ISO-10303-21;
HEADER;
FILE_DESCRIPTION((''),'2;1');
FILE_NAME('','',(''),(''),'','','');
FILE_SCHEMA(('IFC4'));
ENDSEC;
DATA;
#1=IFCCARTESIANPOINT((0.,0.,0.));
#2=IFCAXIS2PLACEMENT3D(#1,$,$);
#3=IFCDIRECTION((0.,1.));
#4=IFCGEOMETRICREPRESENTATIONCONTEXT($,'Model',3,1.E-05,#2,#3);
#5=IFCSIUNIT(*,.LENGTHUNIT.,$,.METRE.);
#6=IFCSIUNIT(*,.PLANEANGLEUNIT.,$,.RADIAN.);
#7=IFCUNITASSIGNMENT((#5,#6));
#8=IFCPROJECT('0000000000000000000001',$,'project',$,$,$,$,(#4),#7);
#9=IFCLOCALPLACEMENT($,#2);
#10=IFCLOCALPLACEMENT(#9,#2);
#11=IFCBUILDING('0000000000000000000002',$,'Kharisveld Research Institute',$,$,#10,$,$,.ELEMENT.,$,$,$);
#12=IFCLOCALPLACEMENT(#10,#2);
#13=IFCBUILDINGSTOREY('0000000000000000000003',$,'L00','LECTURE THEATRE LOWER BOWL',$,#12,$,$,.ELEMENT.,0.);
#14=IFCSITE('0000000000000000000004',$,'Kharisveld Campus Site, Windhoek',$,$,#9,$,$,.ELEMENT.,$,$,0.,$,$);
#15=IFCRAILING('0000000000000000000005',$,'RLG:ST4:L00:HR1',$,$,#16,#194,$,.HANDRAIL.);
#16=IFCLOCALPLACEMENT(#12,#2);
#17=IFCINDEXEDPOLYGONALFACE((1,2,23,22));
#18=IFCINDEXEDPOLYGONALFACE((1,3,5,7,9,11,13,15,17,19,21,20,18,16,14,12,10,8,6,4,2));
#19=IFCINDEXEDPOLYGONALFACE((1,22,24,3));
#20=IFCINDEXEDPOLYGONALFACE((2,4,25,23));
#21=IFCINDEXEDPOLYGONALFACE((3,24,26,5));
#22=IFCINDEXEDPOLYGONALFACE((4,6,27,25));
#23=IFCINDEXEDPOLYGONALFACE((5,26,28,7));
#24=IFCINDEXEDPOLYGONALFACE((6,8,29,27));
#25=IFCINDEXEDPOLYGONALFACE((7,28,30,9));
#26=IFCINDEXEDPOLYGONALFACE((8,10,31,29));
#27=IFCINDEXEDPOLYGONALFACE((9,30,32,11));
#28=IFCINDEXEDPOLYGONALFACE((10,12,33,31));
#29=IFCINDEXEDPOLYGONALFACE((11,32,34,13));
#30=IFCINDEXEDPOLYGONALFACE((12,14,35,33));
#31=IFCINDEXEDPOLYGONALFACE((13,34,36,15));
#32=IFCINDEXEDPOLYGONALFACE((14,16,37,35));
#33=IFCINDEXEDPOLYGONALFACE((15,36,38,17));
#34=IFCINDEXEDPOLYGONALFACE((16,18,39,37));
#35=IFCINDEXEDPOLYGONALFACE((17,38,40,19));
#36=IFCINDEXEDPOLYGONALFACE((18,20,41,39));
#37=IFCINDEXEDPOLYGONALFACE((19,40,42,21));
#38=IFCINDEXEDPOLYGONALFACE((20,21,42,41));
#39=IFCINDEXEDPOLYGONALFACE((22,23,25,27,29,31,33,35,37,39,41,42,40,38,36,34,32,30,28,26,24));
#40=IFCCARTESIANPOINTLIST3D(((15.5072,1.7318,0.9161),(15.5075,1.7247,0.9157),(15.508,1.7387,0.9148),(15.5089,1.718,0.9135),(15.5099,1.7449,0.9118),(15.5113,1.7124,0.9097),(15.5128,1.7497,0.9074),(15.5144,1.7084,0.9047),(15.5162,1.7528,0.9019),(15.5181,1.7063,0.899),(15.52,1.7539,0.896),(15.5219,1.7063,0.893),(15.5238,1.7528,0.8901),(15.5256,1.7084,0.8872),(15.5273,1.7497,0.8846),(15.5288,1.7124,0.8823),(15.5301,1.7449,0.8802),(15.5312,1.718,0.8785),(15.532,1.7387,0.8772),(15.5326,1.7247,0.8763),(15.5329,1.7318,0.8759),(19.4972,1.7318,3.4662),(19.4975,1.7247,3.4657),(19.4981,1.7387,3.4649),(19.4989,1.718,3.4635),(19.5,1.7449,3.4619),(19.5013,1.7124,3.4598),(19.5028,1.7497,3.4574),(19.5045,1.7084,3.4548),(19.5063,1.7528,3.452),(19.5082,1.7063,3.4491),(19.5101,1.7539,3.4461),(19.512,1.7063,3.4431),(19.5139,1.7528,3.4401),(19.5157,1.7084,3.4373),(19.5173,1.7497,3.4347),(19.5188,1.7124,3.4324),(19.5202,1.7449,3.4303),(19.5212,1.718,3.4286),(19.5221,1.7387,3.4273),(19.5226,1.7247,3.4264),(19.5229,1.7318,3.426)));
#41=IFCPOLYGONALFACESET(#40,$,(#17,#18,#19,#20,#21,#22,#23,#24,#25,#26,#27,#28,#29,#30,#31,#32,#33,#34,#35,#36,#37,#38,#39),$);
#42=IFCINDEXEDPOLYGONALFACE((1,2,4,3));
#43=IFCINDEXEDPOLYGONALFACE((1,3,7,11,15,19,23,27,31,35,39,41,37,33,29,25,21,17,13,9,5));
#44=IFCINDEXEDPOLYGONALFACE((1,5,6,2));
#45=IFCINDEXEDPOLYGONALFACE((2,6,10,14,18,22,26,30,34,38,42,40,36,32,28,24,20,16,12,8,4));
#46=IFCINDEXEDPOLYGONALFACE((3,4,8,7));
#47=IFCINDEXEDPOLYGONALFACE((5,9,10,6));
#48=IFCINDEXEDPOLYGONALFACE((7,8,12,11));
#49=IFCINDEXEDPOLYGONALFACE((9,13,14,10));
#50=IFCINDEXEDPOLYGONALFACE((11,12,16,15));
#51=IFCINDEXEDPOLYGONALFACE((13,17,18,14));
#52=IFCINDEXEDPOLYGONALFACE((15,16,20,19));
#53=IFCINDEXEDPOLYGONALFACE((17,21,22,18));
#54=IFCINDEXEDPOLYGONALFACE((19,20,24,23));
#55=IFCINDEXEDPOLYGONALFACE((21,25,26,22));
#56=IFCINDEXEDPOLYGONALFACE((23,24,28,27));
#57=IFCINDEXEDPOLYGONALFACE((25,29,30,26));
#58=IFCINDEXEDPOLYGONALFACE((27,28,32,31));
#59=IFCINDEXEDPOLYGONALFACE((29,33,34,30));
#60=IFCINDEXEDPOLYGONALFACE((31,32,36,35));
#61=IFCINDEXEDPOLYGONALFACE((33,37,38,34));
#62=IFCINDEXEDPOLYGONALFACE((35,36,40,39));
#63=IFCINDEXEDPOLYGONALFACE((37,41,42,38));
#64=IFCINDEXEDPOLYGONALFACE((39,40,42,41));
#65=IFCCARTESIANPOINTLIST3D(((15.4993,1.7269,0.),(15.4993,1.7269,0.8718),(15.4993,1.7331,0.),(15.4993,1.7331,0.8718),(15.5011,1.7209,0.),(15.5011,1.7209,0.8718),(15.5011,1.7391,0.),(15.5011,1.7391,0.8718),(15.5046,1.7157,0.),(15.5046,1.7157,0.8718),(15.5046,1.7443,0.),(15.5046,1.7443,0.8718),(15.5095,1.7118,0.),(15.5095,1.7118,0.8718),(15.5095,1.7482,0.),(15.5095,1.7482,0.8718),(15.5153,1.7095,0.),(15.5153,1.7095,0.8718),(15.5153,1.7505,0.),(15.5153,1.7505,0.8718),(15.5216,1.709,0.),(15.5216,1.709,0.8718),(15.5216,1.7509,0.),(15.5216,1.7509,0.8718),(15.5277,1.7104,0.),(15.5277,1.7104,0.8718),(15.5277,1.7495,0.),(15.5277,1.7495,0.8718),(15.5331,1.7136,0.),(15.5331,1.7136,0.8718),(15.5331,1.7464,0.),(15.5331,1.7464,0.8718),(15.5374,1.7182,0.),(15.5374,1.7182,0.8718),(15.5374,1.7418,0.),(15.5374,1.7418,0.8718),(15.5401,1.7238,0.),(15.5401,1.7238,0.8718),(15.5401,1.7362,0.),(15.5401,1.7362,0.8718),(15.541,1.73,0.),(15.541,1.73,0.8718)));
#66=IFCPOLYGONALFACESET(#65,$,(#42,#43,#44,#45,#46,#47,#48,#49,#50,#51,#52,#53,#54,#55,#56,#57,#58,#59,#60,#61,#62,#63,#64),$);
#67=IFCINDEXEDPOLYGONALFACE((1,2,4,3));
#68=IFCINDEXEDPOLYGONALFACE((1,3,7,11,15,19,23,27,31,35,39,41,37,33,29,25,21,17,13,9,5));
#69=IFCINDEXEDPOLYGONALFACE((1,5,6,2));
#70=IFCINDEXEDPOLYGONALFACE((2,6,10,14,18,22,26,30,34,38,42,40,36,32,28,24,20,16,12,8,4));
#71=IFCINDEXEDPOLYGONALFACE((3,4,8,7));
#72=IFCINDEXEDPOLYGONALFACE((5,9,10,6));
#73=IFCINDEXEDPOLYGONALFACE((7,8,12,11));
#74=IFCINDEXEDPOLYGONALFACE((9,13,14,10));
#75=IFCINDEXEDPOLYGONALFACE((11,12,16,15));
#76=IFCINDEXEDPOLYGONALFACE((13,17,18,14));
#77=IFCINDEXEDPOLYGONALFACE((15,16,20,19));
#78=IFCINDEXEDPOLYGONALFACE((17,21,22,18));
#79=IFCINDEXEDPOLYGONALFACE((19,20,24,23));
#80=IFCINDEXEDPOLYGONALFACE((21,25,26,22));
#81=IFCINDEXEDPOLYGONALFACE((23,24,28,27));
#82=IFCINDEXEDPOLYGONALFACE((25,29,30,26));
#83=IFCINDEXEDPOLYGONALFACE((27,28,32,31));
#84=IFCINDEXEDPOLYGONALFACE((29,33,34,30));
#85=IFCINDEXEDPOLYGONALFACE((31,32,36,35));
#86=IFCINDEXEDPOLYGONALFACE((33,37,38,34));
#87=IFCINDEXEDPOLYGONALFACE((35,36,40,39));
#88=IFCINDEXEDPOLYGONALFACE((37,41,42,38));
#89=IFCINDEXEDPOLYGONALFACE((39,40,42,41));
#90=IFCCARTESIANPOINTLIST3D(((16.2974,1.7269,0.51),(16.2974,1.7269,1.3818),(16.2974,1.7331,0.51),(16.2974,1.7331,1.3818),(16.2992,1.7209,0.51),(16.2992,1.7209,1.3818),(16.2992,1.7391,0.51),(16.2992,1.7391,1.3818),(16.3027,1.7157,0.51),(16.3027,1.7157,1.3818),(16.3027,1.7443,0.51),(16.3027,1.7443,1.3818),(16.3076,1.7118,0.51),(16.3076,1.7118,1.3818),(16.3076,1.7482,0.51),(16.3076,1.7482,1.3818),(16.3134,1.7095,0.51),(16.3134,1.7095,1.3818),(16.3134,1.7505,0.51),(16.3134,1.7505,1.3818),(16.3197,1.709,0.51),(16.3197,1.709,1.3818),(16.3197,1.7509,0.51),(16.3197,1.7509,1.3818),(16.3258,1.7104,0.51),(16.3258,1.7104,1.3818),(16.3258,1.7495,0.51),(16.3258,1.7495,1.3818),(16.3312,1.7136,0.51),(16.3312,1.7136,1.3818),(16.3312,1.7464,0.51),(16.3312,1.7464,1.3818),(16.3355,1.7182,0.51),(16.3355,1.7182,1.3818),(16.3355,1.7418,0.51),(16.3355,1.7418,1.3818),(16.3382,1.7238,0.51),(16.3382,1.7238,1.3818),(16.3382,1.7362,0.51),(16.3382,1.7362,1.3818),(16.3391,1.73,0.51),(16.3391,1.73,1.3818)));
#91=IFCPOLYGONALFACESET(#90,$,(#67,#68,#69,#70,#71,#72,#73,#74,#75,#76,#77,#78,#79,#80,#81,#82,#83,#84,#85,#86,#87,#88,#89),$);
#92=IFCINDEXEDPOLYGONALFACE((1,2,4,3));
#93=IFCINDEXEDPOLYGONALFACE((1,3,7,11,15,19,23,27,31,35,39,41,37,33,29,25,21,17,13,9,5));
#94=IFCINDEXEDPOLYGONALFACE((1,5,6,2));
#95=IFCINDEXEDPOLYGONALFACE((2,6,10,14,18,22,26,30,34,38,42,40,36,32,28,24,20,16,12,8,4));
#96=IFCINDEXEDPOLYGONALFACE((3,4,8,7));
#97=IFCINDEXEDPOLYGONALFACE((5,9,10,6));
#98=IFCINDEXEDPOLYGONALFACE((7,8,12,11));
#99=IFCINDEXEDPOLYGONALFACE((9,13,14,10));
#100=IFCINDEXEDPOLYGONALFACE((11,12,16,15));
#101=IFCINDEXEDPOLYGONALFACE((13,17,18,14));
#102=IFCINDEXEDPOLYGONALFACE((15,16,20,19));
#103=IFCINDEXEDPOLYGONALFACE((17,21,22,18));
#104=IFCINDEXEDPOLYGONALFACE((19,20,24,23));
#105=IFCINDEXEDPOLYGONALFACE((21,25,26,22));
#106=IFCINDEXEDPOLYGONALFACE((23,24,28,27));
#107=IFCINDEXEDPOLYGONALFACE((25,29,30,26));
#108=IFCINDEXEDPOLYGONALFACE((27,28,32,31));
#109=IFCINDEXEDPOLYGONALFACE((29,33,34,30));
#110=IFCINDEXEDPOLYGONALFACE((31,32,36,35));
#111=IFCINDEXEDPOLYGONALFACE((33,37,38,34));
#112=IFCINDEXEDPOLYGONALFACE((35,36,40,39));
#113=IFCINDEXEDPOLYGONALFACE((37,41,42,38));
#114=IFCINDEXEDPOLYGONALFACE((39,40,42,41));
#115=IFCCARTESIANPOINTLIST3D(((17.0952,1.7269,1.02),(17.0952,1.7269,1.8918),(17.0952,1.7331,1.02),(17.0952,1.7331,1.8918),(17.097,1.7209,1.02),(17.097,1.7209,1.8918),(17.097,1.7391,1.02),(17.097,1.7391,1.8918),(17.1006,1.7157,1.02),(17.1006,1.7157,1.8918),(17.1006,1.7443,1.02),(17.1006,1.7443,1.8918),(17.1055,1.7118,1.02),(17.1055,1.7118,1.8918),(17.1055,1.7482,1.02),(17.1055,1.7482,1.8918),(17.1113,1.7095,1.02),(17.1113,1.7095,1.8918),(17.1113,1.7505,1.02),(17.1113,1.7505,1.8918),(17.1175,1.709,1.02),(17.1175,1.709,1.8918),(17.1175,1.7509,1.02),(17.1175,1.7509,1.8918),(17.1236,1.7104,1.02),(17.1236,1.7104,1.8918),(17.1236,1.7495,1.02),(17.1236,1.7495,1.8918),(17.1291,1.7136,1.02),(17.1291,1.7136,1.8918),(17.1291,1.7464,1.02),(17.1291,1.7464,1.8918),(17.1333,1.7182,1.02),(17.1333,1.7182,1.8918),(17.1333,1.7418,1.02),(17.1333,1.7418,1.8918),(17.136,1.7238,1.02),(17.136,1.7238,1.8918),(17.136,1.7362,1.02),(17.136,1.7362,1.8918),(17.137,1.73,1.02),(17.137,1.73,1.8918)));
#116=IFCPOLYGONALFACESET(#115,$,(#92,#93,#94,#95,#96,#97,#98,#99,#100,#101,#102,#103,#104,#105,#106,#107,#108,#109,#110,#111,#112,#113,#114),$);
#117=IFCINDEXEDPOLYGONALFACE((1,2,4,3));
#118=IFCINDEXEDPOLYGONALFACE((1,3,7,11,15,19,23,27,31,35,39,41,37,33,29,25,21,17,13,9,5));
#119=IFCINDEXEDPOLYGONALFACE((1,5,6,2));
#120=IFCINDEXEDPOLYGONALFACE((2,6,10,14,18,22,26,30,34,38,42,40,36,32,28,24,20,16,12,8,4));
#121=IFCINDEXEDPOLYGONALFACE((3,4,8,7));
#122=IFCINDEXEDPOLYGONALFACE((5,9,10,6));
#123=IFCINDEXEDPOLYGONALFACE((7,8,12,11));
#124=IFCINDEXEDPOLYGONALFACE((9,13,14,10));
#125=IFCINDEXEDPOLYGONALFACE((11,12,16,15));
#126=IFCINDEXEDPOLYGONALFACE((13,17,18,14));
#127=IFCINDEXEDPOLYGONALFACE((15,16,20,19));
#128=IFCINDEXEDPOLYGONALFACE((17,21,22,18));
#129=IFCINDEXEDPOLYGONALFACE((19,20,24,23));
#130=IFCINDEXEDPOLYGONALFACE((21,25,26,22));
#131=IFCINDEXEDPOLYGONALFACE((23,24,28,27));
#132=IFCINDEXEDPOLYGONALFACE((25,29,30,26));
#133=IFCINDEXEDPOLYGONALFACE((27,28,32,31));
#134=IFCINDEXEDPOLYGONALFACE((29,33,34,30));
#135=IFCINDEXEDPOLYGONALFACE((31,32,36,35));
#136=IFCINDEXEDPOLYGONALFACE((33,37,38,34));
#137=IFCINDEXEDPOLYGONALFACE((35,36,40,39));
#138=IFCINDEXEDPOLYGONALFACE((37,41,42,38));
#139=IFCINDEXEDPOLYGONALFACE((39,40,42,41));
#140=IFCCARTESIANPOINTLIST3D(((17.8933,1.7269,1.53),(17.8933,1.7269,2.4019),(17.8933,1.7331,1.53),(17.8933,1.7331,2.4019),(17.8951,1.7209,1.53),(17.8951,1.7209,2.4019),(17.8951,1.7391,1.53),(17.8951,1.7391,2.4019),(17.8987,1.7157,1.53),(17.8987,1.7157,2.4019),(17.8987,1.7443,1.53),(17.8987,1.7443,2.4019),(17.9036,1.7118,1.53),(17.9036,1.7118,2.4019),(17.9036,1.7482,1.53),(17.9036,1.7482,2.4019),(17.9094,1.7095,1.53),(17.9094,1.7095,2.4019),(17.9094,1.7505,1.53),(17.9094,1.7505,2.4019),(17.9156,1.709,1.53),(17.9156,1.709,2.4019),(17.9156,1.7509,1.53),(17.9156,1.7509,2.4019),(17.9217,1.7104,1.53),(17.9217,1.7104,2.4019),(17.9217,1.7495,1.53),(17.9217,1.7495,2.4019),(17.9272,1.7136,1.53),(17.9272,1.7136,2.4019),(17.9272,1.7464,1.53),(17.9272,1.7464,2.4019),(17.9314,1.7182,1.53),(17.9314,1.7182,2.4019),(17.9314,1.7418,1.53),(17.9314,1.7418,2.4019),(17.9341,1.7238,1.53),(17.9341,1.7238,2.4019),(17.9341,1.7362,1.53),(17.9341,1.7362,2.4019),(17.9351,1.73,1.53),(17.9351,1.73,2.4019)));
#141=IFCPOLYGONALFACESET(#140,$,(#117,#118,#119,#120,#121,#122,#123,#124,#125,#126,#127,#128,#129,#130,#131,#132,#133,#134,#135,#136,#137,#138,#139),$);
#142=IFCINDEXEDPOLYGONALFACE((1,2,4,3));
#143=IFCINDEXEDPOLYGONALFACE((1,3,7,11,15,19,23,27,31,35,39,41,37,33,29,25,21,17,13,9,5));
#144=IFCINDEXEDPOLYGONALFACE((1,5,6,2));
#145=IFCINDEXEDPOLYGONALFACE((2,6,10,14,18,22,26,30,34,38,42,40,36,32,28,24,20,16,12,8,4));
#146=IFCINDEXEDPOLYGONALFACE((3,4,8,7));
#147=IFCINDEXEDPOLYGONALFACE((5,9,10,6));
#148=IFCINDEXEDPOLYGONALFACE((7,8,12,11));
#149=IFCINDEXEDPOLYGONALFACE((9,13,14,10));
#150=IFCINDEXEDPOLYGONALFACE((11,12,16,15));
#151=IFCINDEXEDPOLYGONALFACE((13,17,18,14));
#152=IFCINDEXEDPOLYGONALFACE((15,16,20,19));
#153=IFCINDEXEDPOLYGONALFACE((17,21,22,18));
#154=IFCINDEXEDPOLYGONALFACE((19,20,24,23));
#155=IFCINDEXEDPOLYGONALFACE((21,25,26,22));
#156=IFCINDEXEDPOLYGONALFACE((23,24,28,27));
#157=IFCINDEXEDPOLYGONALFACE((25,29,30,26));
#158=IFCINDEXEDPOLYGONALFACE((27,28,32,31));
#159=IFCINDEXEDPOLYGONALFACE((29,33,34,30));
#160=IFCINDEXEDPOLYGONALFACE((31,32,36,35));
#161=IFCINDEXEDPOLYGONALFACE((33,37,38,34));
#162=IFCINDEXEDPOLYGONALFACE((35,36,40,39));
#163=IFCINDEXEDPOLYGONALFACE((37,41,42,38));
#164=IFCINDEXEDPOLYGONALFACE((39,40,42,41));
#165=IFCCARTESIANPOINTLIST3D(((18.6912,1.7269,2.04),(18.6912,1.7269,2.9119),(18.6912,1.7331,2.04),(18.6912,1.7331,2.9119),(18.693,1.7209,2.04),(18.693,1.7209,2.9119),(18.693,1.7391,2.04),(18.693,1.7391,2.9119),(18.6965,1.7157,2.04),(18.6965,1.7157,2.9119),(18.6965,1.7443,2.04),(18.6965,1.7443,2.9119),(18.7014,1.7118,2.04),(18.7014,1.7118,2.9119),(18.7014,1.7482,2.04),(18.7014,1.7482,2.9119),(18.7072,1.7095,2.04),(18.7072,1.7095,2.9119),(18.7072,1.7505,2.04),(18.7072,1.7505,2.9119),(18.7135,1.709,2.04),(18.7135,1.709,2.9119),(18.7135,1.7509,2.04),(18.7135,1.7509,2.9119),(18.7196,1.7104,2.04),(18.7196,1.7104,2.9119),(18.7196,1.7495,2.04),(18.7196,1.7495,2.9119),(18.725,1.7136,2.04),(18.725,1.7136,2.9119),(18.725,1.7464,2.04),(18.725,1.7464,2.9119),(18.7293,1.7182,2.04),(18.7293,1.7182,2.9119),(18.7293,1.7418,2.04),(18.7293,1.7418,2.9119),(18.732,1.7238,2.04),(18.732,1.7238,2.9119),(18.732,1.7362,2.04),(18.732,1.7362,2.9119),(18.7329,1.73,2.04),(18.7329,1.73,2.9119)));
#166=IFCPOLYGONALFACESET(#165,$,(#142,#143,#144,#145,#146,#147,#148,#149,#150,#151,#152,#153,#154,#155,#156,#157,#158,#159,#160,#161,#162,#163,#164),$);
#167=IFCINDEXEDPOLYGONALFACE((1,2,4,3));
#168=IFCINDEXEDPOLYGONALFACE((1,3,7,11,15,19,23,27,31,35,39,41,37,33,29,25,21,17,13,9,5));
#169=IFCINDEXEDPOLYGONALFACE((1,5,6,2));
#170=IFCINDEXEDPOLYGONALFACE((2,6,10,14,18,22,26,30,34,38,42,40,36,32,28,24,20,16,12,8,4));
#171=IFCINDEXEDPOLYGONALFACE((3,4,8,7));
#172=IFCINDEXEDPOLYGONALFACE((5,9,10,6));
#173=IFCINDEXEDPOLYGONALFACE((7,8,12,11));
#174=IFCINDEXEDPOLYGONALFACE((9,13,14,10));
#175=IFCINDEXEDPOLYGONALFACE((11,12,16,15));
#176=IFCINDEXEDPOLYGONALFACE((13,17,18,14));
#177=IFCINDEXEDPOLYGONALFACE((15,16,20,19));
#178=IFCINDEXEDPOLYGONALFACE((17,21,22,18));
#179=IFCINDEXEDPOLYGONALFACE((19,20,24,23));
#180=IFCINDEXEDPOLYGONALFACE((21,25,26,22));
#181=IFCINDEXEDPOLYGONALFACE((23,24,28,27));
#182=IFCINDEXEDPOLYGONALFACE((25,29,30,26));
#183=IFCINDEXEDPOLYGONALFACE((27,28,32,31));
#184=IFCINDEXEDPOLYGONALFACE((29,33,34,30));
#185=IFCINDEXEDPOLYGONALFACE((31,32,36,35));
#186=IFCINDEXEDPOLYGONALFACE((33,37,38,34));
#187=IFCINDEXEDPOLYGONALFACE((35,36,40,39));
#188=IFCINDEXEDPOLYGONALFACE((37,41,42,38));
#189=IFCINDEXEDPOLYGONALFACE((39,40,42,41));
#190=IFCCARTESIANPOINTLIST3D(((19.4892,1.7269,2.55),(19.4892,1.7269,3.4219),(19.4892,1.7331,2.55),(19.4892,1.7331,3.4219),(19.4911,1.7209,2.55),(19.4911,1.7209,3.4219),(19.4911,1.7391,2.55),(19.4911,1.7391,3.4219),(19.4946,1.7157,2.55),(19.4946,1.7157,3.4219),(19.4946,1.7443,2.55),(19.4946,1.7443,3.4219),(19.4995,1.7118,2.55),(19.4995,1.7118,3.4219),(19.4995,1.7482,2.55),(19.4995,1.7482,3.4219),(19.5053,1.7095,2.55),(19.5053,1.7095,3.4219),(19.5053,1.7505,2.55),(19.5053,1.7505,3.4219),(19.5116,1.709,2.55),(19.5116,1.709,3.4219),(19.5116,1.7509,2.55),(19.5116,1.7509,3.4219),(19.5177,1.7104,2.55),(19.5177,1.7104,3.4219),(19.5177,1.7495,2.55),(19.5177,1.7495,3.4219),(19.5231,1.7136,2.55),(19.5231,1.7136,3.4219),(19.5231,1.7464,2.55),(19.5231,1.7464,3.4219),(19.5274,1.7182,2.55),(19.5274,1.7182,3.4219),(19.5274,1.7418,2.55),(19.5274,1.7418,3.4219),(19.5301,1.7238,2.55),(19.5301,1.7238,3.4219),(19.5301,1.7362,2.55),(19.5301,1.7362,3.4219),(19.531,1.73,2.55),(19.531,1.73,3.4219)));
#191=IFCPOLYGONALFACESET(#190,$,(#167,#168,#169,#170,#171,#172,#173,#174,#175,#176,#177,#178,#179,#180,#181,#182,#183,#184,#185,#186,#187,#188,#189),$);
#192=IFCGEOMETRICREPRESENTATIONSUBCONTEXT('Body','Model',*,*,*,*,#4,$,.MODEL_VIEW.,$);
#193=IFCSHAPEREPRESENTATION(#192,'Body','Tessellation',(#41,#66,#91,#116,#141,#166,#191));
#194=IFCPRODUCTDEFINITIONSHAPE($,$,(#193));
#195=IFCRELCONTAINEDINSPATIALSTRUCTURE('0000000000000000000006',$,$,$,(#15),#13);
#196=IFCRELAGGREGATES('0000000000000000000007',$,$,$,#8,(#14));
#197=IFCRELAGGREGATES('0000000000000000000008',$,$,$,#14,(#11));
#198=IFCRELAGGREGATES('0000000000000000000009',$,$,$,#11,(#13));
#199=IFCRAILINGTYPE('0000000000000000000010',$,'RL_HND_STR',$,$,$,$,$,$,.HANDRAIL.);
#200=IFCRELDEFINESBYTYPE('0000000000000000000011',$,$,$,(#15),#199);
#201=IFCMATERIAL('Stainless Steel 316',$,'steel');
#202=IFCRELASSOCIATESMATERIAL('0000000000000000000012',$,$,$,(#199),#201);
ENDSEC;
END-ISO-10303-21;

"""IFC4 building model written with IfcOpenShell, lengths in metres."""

from ifc_helpers import new_model, si_unit, direction, frame, origin, origin_2d, place, context, subcontext, project, spatial, circle, extrude, material, type_object, element, save


model = new_model("IFC4")

# Units and contexts
model_context = context("Model", 3, precision=1e-05, world=origin(), true_north=direction((0.0, 1.0)))
body_context = subcontext(model_context, "Body", "Model", "MODEL_VIEW")
ifc_project = project(units=[si_unit("LENGTHUNIT", "METRE"), si_unit("PLANEANGLEUNIT", "RADIAN")], contexts=[model_context])

# Site, building, storey
site_placement = place(None, origin())
site = spatial("IfcSite", under=ifc_project, at=site_placement, Name="Kharisveld Campus Site, Windhoek", CompositionType="ELEMENT", RefElevation=0.0)
building_placement = place(site_placement, origin())
building = spatial("IfcBuilding", under=site, at=building_placement, Name="Kharisveld Research Institute", CompositionType="ELEMENT")
storey_placement = place(building_placement, origin())
storey = spatial("IfcBuildingStorey", under=building, at=storey_placement, Name="L00", Description="LECTURE THEATRE LOWER BOWL", CompositionType="ELEMENT", Elevation=0.0)

# Railing
ifc_material_1 = material(Name="Stainless Steel 316", Category="steel")
railing_type_1 = type_object("IfcRailingType", Name="RL_HND_STR", PredefinedType="HANDRAIL", material=ifc_material_1)
railing_1_placement = place(storey_placement, frame((15.52, 1.73, 0.0)))
element("IfcRailing", 1, at=railing_1_placement, inside=storey, type_object=railing_type_1, Name="RLG:ST4:L00:HR1", PredefinedType="HANDRAIL", context=body_context, shape_type="SweptSolid", body=[
    extrude(circle(Radius=0.0239, at=origin_2d()), frame((0.0, 0.0, 0.896), z_axis=(0.842611, 0.0, 0.538523), x_axis=(0.0, 1.0, 0.0)), (0.0, 0.0, 1.0), 4.7354),
    extrude(circle(Radius=0.021, at=origin_2d()), origin(), (0.0, 0.0, 1.0), 0.8718),
    extrude(circle(Radius=0.021, at=origin_2d()), frame((0.7981, 0.0, 0.51)), (0.0, 0.0, 1.0), 0.8718),
    extrude(circle(Radius=0.021, at=origin_2d()), frame((1.5959, 0.0, 1.02)), (0.0, 0.0, 1.0), 0.8718),
    extrude(circle(Radius=0.021, at=origin_2d()), frame((2.394, 0.0, 1.53)), (0.0, 0.0, 1.0), 0.8718),
    extrude(circle(Radius=0.021, at=origin_2d()), frame((3.1919, 0.0, 2.04)), (0.0, 0.0, 1.0), 0.8718),
    extrude(circle(Radius=0.021, at=origin_2d()), frame((3.99, 0.0, 2.55)), (0.0, 0.0, 1.0), 0.8718),
])

save(model, "model.ifc")
